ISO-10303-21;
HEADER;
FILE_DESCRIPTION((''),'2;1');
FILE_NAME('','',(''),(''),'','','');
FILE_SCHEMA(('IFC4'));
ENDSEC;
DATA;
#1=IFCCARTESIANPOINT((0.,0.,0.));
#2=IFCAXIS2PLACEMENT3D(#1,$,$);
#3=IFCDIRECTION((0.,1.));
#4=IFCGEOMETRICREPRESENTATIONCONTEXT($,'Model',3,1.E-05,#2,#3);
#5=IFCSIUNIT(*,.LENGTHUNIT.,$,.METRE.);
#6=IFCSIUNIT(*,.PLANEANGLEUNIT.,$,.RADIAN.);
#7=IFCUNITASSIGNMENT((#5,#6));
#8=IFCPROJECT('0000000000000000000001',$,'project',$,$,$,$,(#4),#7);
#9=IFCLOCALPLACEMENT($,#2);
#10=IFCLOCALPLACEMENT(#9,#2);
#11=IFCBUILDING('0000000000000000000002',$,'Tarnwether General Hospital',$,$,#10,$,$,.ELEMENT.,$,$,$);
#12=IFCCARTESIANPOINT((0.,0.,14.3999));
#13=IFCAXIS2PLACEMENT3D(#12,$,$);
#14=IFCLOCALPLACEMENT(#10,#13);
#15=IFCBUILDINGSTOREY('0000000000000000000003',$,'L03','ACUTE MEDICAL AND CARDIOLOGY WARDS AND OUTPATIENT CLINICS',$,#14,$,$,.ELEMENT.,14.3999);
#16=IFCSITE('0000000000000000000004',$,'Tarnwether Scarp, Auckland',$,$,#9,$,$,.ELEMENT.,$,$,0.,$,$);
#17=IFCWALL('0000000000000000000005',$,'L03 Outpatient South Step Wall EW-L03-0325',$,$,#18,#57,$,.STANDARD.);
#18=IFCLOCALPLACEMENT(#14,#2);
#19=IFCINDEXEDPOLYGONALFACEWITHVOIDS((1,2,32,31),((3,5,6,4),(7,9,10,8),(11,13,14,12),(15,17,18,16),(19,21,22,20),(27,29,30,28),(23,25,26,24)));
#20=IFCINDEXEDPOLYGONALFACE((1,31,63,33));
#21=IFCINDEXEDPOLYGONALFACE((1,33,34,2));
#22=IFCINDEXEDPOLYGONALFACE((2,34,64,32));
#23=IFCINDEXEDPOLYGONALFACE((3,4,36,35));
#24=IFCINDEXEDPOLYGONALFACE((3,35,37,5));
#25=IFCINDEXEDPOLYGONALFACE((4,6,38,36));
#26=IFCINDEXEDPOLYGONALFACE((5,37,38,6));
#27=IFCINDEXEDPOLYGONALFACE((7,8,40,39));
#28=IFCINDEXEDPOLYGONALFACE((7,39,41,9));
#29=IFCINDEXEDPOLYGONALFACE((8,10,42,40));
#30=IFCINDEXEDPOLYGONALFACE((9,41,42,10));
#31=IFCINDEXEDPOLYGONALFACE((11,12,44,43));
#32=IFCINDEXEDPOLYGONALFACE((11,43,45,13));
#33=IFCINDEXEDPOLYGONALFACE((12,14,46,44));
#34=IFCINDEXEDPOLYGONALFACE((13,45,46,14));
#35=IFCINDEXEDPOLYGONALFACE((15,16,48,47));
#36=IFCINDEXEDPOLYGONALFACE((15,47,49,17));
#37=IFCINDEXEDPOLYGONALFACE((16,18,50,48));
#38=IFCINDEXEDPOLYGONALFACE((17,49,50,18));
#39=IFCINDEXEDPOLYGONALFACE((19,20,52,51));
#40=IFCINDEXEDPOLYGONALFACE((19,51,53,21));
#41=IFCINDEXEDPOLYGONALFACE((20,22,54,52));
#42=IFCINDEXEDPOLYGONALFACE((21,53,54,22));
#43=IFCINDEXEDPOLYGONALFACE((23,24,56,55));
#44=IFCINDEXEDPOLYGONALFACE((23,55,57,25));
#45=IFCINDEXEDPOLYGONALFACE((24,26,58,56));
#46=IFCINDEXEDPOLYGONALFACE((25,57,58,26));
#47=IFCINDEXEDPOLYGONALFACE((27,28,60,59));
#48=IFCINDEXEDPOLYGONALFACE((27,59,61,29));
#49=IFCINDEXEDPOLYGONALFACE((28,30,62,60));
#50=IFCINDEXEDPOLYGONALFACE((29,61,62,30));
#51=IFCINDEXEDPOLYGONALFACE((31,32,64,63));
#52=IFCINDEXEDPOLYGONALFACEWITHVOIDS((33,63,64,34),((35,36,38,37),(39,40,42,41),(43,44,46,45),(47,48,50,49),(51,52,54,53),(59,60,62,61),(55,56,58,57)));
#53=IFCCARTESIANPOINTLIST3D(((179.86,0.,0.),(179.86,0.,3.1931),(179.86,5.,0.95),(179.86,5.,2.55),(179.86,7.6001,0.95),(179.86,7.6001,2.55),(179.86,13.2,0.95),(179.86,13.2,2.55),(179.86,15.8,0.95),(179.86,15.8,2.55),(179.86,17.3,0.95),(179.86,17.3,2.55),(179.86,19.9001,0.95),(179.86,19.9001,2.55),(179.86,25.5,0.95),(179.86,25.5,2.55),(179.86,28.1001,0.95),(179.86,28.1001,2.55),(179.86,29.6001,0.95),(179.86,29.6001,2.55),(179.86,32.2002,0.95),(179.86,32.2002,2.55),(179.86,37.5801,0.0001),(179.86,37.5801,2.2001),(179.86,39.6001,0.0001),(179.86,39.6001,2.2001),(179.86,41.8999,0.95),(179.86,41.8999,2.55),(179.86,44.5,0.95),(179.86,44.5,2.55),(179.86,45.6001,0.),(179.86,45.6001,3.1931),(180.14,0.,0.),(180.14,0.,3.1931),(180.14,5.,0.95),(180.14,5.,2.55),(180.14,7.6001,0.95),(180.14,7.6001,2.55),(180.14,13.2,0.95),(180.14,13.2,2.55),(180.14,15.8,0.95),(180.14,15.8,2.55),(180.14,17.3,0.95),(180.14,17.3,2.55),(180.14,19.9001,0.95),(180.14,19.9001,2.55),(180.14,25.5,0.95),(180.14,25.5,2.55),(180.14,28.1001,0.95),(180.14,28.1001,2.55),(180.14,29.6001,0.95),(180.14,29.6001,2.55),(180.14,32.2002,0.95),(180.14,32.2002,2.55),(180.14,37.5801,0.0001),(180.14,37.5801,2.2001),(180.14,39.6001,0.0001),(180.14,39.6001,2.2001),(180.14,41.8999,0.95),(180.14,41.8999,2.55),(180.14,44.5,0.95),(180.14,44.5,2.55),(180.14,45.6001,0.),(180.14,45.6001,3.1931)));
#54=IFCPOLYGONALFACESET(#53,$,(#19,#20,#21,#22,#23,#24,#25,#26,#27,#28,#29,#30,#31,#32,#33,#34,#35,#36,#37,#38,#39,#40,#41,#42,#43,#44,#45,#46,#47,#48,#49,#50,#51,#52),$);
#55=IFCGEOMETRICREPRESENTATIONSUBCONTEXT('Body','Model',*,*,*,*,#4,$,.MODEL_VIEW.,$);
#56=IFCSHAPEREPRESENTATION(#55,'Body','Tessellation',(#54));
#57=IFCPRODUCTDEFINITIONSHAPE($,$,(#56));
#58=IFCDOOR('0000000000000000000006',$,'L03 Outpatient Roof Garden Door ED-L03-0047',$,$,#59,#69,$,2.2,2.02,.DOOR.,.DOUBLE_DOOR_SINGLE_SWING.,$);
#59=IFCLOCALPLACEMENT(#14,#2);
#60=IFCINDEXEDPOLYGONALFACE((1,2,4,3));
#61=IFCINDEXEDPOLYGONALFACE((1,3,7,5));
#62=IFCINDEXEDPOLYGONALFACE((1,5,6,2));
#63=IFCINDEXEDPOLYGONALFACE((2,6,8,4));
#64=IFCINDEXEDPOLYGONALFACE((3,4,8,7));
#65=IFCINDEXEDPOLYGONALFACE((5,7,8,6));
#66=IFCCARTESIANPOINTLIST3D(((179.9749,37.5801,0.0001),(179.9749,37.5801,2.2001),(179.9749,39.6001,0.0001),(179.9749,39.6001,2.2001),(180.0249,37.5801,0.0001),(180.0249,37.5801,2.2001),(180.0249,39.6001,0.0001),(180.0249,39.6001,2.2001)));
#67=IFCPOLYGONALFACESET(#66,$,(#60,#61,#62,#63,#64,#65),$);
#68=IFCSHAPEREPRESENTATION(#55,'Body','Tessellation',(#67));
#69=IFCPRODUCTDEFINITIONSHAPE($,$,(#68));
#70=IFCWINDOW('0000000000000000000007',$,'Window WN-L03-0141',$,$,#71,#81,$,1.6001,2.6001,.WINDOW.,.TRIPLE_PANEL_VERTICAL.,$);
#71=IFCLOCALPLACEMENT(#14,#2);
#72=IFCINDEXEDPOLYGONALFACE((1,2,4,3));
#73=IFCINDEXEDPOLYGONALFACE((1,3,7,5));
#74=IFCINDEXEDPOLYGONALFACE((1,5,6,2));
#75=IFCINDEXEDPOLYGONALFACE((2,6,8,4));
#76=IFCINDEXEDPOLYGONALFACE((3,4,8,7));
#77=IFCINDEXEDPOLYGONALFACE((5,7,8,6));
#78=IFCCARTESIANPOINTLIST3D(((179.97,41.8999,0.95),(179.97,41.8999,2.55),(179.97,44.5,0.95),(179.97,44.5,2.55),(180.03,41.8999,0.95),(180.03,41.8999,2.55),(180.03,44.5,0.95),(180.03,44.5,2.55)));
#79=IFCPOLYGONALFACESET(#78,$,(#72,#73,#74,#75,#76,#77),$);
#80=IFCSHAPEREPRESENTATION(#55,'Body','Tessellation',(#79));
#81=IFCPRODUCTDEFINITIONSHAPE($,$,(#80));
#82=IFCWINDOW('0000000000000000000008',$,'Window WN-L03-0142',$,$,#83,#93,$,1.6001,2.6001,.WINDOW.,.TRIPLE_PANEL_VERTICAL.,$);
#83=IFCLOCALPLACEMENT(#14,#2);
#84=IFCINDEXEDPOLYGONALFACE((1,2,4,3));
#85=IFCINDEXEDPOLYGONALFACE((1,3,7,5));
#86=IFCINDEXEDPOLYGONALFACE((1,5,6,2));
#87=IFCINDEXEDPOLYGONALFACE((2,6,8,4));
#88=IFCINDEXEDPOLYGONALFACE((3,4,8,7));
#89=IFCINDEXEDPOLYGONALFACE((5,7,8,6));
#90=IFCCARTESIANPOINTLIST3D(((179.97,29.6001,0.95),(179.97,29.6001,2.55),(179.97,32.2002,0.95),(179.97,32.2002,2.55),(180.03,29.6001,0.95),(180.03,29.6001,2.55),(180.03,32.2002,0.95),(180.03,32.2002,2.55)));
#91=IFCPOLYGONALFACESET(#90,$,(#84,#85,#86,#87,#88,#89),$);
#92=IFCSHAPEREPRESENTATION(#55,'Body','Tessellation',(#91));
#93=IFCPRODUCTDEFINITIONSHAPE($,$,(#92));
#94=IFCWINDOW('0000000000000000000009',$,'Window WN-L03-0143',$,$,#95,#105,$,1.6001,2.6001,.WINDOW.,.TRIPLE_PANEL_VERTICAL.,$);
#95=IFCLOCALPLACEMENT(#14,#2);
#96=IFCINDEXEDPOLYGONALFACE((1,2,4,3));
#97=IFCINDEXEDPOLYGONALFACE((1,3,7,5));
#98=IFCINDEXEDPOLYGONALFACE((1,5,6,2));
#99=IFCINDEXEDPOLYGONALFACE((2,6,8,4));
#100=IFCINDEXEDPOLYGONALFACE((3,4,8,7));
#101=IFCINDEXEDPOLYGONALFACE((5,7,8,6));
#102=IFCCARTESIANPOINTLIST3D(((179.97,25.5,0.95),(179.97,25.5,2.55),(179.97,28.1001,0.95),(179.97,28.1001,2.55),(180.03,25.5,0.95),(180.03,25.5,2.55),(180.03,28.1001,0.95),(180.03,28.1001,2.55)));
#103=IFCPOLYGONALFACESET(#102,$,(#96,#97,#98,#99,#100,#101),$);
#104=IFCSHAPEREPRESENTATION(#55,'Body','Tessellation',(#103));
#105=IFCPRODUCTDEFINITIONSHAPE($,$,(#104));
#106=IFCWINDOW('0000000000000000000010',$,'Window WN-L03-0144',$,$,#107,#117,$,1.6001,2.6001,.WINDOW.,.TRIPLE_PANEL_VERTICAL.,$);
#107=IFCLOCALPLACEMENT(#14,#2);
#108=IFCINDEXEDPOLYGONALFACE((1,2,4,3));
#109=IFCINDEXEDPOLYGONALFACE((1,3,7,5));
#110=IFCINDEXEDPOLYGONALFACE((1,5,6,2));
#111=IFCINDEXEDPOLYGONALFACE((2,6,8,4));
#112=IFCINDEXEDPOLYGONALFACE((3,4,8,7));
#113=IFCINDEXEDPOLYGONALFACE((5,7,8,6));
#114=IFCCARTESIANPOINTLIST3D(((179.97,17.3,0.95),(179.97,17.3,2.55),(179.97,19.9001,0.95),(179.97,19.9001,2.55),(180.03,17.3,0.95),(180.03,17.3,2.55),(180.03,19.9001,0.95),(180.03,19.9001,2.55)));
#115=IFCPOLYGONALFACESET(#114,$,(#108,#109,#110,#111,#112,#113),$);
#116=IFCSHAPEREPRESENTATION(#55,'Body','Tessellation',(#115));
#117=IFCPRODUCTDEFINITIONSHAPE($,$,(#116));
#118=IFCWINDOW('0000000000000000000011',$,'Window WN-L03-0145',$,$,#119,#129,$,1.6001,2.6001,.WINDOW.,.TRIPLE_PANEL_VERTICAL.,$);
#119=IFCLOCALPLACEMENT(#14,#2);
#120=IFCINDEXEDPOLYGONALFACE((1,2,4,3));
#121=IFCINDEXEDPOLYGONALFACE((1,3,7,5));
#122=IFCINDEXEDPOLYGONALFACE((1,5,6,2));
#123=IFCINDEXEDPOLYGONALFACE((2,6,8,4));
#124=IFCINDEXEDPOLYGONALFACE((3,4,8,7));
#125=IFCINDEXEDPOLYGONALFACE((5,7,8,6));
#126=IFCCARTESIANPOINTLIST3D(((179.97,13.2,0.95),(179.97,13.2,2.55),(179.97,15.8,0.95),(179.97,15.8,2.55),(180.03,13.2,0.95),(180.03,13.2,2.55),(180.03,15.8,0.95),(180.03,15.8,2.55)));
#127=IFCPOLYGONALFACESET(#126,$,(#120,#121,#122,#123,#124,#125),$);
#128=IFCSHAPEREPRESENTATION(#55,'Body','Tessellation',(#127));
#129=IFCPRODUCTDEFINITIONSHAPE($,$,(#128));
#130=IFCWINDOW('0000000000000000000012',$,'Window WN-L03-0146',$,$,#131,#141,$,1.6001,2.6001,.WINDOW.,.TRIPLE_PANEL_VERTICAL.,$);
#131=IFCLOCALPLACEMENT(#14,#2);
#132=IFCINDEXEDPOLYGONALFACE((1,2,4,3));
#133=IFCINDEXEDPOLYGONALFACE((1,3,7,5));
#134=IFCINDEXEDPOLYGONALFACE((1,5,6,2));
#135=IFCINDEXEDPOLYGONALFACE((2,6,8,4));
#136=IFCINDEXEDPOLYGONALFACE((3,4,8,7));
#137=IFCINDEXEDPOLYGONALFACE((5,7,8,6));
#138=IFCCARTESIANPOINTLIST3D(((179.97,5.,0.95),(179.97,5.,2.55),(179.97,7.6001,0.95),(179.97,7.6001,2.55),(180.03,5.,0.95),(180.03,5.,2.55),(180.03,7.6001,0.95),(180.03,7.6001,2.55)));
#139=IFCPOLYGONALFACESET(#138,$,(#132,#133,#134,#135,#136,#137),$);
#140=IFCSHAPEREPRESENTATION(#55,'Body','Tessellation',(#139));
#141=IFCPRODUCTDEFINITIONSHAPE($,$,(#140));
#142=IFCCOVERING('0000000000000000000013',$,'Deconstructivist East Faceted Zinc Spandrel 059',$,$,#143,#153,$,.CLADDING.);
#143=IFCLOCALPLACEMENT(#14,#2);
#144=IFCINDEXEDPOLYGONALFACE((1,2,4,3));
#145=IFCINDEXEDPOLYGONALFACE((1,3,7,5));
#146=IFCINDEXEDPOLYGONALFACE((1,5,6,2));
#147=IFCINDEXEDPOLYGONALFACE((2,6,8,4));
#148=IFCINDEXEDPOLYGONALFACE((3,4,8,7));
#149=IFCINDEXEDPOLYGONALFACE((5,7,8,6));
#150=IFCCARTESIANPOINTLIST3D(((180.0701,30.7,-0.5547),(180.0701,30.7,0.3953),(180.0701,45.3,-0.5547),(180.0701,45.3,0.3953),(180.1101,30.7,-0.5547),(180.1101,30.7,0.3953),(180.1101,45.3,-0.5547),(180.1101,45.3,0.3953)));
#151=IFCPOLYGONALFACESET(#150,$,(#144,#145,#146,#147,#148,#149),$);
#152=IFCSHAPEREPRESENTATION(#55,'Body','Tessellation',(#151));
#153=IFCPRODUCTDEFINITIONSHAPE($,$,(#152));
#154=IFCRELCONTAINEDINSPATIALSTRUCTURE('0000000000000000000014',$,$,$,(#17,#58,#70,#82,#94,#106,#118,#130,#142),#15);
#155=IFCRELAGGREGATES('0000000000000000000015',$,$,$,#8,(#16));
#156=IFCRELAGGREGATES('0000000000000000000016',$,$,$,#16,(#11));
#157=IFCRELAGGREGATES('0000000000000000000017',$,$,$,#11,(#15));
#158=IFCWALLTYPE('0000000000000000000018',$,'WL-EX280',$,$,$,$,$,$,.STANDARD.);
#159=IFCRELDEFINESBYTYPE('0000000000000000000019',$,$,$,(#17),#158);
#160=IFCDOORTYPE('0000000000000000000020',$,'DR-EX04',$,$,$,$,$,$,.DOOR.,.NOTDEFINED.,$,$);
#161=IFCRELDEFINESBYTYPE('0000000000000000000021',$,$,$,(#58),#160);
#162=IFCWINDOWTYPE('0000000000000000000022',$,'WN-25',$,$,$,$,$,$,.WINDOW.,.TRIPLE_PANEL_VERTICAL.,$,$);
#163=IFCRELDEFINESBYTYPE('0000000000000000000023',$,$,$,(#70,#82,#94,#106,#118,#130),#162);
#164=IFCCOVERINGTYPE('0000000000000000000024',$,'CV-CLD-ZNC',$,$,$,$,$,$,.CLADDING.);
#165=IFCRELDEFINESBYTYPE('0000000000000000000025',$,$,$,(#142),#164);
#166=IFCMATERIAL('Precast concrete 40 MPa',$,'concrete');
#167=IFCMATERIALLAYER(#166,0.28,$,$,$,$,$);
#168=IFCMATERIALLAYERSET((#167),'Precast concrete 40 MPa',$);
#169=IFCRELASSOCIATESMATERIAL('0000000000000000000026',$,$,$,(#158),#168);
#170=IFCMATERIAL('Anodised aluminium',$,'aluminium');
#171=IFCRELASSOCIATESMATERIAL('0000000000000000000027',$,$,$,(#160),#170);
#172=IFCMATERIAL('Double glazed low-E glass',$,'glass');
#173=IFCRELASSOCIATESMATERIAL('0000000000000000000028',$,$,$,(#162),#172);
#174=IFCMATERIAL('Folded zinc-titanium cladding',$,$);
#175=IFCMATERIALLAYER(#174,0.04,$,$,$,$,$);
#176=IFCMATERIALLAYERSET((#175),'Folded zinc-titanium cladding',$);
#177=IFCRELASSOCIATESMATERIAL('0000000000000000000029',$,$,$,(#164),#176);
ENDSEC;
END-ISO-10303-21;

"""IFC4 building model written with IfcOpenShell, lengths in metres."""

from ifc_helpers import new_model, si_unit, direction, frame, frame_2d, origin, origin_2d, place, context, subcontext, project, spatial, rectangle, extrude, material, layer, layer_set, type_object, element, fill, save


model = new_model("IFC4")

# Units and contexts
model_context = context("Model", 3, precision=1e-05, world=origin(), true_north=direction((0.0, 1.0)))
body_context = subcontext(model_context, "Body", "Model", "MODEL_VIEW")
ifc_project = project(units=[si_unit("LENGTHUNIT", "METRE"), si_unit("PLANEANGLEUNIT", "RADIAN")], contexts=[model_context])

# Site, building, storey
site_placement = place(None, origin())
site = spatial("IfcSite", under=ifc_project, at=site_placement, Name="Tarnwether Scarp, Auckland", CompositionType="ELEMENT", RefElevation=0.0)
building_placement = place(site_placement, origin())
building = spatial("IfcBuilding", under=site, at=building_placement, Name="Tarnwether General Hospital", CompositionType="ELEMENT")
storey_placement = place(building_placement, frame((0.0, 0.0, 14.3999)))
storey = spatial("IfcBuildingStorey", under=building, at=storey_placement, Name="L03", Description="ACUTE MEDICAL AND CARDIOLOGY WARDS AND OUTPATIENT CLINICS", CompositionType="ELEMENT", Elevation=14.3999)

# Wall, openings, door, windows
ifc_material_1 = material(Name="Precast concrete 40 MPa", Category="concrete")
ifc_layer_1 = layer(ifc_material_1, 0.28)
ifc_layer_set_1 = layer_set([ifc_layer_1], Name="Precast concrete 40 MPa")
wall_type = type_object("IfcWallType", Name="WL-EX280", PredefinedType="STANDARD", material=ifc_layer_set_1)
wall_placement = place(storey_placement, frame((180.0, 45.6001, 0.0), z_axis=(0.0, 0.0, 1.0), x_axis=(0.0, -1.0, 0.0)))
wall = element("IfcWall", 1, at=wall_placement, inside=storey, type_object=wall_type, Name="L03 Outpatient South Step Wall EW-L03-0325", PredefinedType="STANDARD", context=body_context, shape_type="SweptSolid", body=[
    extrude(rectangle(XDim=45.6001, YDim=0.28, at=frame_2d((22.8, 0.0))), origin(), (0.0, 0.0, 1.0), 3.1931),
])
opening_1_placement = place(wall_placement, frame((6.0, 0.0, 0.0)))
opening_1 = element("IfcOpeningElement", 2, at=opening_1_placement, cuts=wall, PredefinedType="OPENING", context=body_context, shape_type="SweptSolid", body=[
    extrude(rectangle(XDim=2.02, YDim=2.2, at=frame_2d((1.01, 1.1001))), frame((0.0, 0.1499, 0.0), z_axis=(0.0, -1.0, 0.0), x_axis=(1.0, 0.0, 0.0)), (0.0, 0.0, 1.0), 0.3),
])
opening_2_placement = place(wall_placement, frame((1.1001, 0.0, 0.95)))
opening_2 = element("IfcOpeningElement", 3, at=opening_2_placement, cuts=wall, PredefinedType="OPENING", context=body_context, shape_type="SweptSolid", body=[
    extrude(rectangle(XDim=2.6001, YDim=1.6001, at=frame_2d((1.3, 0.8))), frame((0.0, 0.1499, 0.0), z_axis=(0.0, -1.0, 0.0), x_axis=(1.0, 0.0, 0.0)), (0.0, 0.0, 1.0), 0.3),
])
opening_3_placement = place(wall_placement, frame((13.3999, 0.0, 0.95)))
opening_3 = element("IfcOpeningElement", 4, at=opening_3_placement, cuts=wall, PredefinedType="OPENING", context=body_context, shape_type="SweptSolid", body=[
    extrude(rectangle(XDim=2.6001, YDim=1.6001, at=frame_2d((1.3, 0.8))), frame((0.0, 0.1499, 0.0), z_axis=(0.0, -1.0, 0.0), x_axis=(1.0, 0.0, 0.0)), (0.0, 0.0, 1.0), 0.3),
])
opening_4_placement = place(wall_placement, frame((17.5, 0.0, 0.95)))
opening_4 = element("IfcOpeningElement", 5, at=opening_4_placement, cuts=wall, PredefinedType="OPENING", context=body_context, shape_type="SweptSolid", body=[
    extrude(rectangle(XDim=2.6001, YDim=1.6001, at=frame_2d((1.3, 0.8))), frame((0.0, 0.1499, 0.0), z_axis=(0.0, -1.0, 0.0), x_axis=(1.0, 0.0, 0.0)), (0.0, 0.0, 1.0), 0.3),
])
opening_5_placement = place(wall_placement, frame((25.7, 0.0, 0.95)))
opening_5 = element("IfcOpeningElement", 6, at=opening_5_placement, cuts=wall, PredefinedType="OPENING", context=body_context, shape_type="SweptSolid", body=[
    extrude(rectangle(XDim=2.6001, YDim=1.6001, at=frame_2d((1.3, 0.8))), frame((0.0, 0.1499, 0.0), z_axis=(0.0, -1.0, 0.0), x_axis=(1.0, 0.0, 0.0)), (0.0, 0.0, 1.0), 0.3),
])
opening_6_placement = place(wall_placement, frame((29.8, 0.0, 0.95)))
opening_6 = element("IfcOpeningElement", 7, at=opening_6_placement, cuts=wall, PredefinedType="OPENING", context=body_context, shape_type="SweptSolid", body=[
    extrude(rectangle(XDim=2.6001, YDim=1.6001, at=frame_2d((1.3, 0.8))), frame((0.0, 0.1499, 0.0), z_axis=(0.0, -1.0, 0.0), x_axis=(1.0, 0.0, 0.0)), (0.0, 0.0, 1.0), 0.3),
])
opening_7_placement = place(wall_placement, frame((38.0, 0.0, 0.95)))
opening_7 = element("IfcOpeningElement", 8, at=opening_7_placement, cuts=wall, PredefinedType="OPENING", context=body_context, shape_type="SweptSolid", body=[
    extrude(rectangle(XDim=2.6001, YDim=1.6001, at=frame_2d((1.3, 0.8))), frame((0.0, 0.1499, 0.0), z_axis=(0.0, -1.0, 0.0), x_axis=(1.0, 0.0, 0.0)), (0.0, 0.0, 1.0), 0.3),
])
ifc_material_2 = material(Name="Anodised aluminium", Category="aluminium")
door_type = type_object("IfcDoorType", Name="DR-EX04", OperationType="NOTDEFINED", PredefinedType="DOOR", material=ifc_material_2)
door_placement = place(opening_1_placement, origin())
door = element("IfcDoor", 9, at=door_placement, inside=storey, type_object=door_type, Name="L03 Outpatient Roof Garden Door ED-L03-0047", OperationType="DOUBLE_DOOR_SINGLE_SWING", OverallHeight=2.2, OverallWidth=2.02, PredefinedType="DOOR", context=body_context, shape_type="SweptSolid", body=[
    extrude(rectangle(XDim=2.02, YDim=2.2, at=frame_2d((1.01, 1.1001))), frame((0.0, 0.0249, 0.0), z_axis=(0.0, -1.0, 0.0), x_axis=(1.0, 0.0, 0.0)), (0.0, 0.0, 1.0), 0.05),
])
fill(opening_1, door)
ifc_material_3 = material(Name="Double glazed low-E glass", Category="glass")
window_type = type_object("IfcWindowType", Name="WN-25", PartitioningType="TRIPLE_PANEL_VERTICAL", PredefinedType="WINDOW", material=ifc_material_3)
window_1_placement = place(opening_2_placement, origin())
window_1 = element("IfcWindow", 10, at=window_1_placement, inside=storey, type_object=window_type, Name="Window WN-L03-0141", OverallHeight=1.6001, OverallWidth=2.6001, PartitioningType="TRIPLE_PANEL_VERTICAL", PredefinedType="WINDOW", context=body_context, shape_type="SweptSolid", body=[
    extrude(rectangle(XDim=2.6001, YDim=1.6001, at=frame_2d((1.3, 0.8))), frame((0.0, 0.03, 0.0), z_axis=(0.0, -1.0, 0.0), x_axis=(1.0, 0.0, 0.0)), (0.0, 0.0, 1.0), 0.0601),
])
fill(opening_2, window_1)
window_2_placement = place(opening_3_placement, origin())
window_2 = element("IfcWindow", 11, at=window_2_placement, inside=storey, type_object=window_type, Name="Window WN-L03-0142", OverallHeight=1.6001, OverallWidth=2.6001, PartitioningType="TRIPLE_PANEL_VERTICAL", PredefinedType="WINDOW", context=body_context, shape_type="SweptSolid", body=[
    extrude(rectangle(XDim=2.6001, YDim=1.6001, at=frame_2d((1.3, 0.8))), frame((0.0, 0.03, 0.0), z_axis=(0.0, -1.0, 0.0), x_axis=(1.0, 0.0, 0.0)), (0.0, 0.0, 1.0), 0.0601),
])
fill(opening_3, window_2)
window_3_placement = place(opening_4_placement, origin())
window_3 = element("IfcWindow", 12, at=window_3_placement, inside=storey, type_object=window_type, Name="Window WN-L03-0143", OverallHeight=1.6001, OverallWidth=2.6001, PartitioningType="TRIPLE_PANEL_VERTICAL", PredefinedType="WINDOW", context=body_context, shape_type="SweptSolid", body=[
    extrude(rectangle(XDim=2.6001, YDim=1.6001, at=frame_2d((1.3, 0.8))), frame((0.0, 0.03, 0.0), z_axis=(0.0, -1.0, 0.0), x_axis=(1.0, 0.0, 0.0)), (0.0, 0.0, 1.0), 0.0601),
])
fill(opening_4, window_3)
window_4_placement = place(opening_5_placement, origin())
window_4 = element("IfcWindow", 13, at=window_4_placement, inside=storey, type_object=window_type, Name="Window WN-L03-0144", OverallHeight=1.6001, OverallWidth=2.6001, PartitioningType="TRIPLE_PANEL_VERTICAL", PredefinedType="WINDOW", context=body_context, shape_type="SweptSolid", body=[
    extrude(rectangle(XDim=2.6001, YDim=1.6001, at=frame_2d((1.3, 0.8))), frame((0.0, 0.03, 0.0), z_axis=(0.0, -1.0, 0.0), x_axis=(1.0, 0.0, 0.0)), (0.0, 0.0, 1.0), 0.0601),
])
fill(opening_5, window_4)
window_5_placement = place(opening_6_placement, origin())
window_5 = element("IfcWindow", 14, at=window_5_placement, inside=storey, type_object=window_type, Name="Window WN-L03-0145", OverallHeight=1.6001, OverallWidth=2.6001, PartitioningType="TRIPLE_PANEL_VERTICAL", PredefinedType="WINDOW", context=body_context, shape_type="SweptSolid", body=[
    extrude(rectangle(XDim=2.6001, YDim=1.6001, at=frame_2d((1.3, 0.8))), frame((0.0, 0.03, 0.0), z_axis=(0.0, -1.0, 0.0), x_axis=(1.0, 0.0, 0.0)), (0.0, 0.0, 1.0), 0.0601),
])
fill(opening_6, window_5)
window_6_placement = place(opening_7_placement, origin())
window_6 = element("IfcWindow", 15, at=window_6_placement, inside=storey, type_object=window_type, Name="Window WN-L03-0146", OverallHeight=1.6001, OverallWidth=2.6001, PartitioningType="TRIPLE_PANEL_VERTICAL", PredefinedType="WINDOW", context=body_context, shape_type="SweptSolid", body=[
    extrude(rectangle(XDim=2.6001, YDim=1.6001, at=frame_2d((1.3, 0.8))), frame((0.0, 0.03, 0.0), z_axis=(0.0, -1.0, 0.0), x_axis=(1.0, 0.0, 0.0)), (0.0, 0.0, 1.0), 0.0601),
])
fill(opening_7, window_6)

# Covering
ifc_material_4 = material(Name="Folded zinc-titanium cladding")
ifc_layer_2 = layer(ifc_material_4, 0.04)
ifc_layer_set_2 = layer_set([ifc_layer_2], Name="Folded zinc-titanium cladding")
covering_type = type_object("IfcCoveringType", Name="CV-CLD-ZNC", PredefinedType="CLADDING", material=ifc_layer_set_2)
covering_placement = place(storey_placement, frame((180.0901, 38.0, -0.5547), z_axis=(0.0, 0.0, 1.0), x_axis=(0.0, 1.0, 0.0)))
element("IfcCovering", 16, at=covering_placement, inside=storey, type_object=covering_type, Name="Deconstructivist East Faceted Zinc Spandrel 059", PredefinedType="CLADDING", context=body_context, shape_type="SweptSolid", body=[
    extrude(rectangle(XDim=14.6001, YDim=0.04, at=origin_2d()), origin(), (0.0, 0.0, 1.0), 0.95),
])

save(model, "model.ifc")
